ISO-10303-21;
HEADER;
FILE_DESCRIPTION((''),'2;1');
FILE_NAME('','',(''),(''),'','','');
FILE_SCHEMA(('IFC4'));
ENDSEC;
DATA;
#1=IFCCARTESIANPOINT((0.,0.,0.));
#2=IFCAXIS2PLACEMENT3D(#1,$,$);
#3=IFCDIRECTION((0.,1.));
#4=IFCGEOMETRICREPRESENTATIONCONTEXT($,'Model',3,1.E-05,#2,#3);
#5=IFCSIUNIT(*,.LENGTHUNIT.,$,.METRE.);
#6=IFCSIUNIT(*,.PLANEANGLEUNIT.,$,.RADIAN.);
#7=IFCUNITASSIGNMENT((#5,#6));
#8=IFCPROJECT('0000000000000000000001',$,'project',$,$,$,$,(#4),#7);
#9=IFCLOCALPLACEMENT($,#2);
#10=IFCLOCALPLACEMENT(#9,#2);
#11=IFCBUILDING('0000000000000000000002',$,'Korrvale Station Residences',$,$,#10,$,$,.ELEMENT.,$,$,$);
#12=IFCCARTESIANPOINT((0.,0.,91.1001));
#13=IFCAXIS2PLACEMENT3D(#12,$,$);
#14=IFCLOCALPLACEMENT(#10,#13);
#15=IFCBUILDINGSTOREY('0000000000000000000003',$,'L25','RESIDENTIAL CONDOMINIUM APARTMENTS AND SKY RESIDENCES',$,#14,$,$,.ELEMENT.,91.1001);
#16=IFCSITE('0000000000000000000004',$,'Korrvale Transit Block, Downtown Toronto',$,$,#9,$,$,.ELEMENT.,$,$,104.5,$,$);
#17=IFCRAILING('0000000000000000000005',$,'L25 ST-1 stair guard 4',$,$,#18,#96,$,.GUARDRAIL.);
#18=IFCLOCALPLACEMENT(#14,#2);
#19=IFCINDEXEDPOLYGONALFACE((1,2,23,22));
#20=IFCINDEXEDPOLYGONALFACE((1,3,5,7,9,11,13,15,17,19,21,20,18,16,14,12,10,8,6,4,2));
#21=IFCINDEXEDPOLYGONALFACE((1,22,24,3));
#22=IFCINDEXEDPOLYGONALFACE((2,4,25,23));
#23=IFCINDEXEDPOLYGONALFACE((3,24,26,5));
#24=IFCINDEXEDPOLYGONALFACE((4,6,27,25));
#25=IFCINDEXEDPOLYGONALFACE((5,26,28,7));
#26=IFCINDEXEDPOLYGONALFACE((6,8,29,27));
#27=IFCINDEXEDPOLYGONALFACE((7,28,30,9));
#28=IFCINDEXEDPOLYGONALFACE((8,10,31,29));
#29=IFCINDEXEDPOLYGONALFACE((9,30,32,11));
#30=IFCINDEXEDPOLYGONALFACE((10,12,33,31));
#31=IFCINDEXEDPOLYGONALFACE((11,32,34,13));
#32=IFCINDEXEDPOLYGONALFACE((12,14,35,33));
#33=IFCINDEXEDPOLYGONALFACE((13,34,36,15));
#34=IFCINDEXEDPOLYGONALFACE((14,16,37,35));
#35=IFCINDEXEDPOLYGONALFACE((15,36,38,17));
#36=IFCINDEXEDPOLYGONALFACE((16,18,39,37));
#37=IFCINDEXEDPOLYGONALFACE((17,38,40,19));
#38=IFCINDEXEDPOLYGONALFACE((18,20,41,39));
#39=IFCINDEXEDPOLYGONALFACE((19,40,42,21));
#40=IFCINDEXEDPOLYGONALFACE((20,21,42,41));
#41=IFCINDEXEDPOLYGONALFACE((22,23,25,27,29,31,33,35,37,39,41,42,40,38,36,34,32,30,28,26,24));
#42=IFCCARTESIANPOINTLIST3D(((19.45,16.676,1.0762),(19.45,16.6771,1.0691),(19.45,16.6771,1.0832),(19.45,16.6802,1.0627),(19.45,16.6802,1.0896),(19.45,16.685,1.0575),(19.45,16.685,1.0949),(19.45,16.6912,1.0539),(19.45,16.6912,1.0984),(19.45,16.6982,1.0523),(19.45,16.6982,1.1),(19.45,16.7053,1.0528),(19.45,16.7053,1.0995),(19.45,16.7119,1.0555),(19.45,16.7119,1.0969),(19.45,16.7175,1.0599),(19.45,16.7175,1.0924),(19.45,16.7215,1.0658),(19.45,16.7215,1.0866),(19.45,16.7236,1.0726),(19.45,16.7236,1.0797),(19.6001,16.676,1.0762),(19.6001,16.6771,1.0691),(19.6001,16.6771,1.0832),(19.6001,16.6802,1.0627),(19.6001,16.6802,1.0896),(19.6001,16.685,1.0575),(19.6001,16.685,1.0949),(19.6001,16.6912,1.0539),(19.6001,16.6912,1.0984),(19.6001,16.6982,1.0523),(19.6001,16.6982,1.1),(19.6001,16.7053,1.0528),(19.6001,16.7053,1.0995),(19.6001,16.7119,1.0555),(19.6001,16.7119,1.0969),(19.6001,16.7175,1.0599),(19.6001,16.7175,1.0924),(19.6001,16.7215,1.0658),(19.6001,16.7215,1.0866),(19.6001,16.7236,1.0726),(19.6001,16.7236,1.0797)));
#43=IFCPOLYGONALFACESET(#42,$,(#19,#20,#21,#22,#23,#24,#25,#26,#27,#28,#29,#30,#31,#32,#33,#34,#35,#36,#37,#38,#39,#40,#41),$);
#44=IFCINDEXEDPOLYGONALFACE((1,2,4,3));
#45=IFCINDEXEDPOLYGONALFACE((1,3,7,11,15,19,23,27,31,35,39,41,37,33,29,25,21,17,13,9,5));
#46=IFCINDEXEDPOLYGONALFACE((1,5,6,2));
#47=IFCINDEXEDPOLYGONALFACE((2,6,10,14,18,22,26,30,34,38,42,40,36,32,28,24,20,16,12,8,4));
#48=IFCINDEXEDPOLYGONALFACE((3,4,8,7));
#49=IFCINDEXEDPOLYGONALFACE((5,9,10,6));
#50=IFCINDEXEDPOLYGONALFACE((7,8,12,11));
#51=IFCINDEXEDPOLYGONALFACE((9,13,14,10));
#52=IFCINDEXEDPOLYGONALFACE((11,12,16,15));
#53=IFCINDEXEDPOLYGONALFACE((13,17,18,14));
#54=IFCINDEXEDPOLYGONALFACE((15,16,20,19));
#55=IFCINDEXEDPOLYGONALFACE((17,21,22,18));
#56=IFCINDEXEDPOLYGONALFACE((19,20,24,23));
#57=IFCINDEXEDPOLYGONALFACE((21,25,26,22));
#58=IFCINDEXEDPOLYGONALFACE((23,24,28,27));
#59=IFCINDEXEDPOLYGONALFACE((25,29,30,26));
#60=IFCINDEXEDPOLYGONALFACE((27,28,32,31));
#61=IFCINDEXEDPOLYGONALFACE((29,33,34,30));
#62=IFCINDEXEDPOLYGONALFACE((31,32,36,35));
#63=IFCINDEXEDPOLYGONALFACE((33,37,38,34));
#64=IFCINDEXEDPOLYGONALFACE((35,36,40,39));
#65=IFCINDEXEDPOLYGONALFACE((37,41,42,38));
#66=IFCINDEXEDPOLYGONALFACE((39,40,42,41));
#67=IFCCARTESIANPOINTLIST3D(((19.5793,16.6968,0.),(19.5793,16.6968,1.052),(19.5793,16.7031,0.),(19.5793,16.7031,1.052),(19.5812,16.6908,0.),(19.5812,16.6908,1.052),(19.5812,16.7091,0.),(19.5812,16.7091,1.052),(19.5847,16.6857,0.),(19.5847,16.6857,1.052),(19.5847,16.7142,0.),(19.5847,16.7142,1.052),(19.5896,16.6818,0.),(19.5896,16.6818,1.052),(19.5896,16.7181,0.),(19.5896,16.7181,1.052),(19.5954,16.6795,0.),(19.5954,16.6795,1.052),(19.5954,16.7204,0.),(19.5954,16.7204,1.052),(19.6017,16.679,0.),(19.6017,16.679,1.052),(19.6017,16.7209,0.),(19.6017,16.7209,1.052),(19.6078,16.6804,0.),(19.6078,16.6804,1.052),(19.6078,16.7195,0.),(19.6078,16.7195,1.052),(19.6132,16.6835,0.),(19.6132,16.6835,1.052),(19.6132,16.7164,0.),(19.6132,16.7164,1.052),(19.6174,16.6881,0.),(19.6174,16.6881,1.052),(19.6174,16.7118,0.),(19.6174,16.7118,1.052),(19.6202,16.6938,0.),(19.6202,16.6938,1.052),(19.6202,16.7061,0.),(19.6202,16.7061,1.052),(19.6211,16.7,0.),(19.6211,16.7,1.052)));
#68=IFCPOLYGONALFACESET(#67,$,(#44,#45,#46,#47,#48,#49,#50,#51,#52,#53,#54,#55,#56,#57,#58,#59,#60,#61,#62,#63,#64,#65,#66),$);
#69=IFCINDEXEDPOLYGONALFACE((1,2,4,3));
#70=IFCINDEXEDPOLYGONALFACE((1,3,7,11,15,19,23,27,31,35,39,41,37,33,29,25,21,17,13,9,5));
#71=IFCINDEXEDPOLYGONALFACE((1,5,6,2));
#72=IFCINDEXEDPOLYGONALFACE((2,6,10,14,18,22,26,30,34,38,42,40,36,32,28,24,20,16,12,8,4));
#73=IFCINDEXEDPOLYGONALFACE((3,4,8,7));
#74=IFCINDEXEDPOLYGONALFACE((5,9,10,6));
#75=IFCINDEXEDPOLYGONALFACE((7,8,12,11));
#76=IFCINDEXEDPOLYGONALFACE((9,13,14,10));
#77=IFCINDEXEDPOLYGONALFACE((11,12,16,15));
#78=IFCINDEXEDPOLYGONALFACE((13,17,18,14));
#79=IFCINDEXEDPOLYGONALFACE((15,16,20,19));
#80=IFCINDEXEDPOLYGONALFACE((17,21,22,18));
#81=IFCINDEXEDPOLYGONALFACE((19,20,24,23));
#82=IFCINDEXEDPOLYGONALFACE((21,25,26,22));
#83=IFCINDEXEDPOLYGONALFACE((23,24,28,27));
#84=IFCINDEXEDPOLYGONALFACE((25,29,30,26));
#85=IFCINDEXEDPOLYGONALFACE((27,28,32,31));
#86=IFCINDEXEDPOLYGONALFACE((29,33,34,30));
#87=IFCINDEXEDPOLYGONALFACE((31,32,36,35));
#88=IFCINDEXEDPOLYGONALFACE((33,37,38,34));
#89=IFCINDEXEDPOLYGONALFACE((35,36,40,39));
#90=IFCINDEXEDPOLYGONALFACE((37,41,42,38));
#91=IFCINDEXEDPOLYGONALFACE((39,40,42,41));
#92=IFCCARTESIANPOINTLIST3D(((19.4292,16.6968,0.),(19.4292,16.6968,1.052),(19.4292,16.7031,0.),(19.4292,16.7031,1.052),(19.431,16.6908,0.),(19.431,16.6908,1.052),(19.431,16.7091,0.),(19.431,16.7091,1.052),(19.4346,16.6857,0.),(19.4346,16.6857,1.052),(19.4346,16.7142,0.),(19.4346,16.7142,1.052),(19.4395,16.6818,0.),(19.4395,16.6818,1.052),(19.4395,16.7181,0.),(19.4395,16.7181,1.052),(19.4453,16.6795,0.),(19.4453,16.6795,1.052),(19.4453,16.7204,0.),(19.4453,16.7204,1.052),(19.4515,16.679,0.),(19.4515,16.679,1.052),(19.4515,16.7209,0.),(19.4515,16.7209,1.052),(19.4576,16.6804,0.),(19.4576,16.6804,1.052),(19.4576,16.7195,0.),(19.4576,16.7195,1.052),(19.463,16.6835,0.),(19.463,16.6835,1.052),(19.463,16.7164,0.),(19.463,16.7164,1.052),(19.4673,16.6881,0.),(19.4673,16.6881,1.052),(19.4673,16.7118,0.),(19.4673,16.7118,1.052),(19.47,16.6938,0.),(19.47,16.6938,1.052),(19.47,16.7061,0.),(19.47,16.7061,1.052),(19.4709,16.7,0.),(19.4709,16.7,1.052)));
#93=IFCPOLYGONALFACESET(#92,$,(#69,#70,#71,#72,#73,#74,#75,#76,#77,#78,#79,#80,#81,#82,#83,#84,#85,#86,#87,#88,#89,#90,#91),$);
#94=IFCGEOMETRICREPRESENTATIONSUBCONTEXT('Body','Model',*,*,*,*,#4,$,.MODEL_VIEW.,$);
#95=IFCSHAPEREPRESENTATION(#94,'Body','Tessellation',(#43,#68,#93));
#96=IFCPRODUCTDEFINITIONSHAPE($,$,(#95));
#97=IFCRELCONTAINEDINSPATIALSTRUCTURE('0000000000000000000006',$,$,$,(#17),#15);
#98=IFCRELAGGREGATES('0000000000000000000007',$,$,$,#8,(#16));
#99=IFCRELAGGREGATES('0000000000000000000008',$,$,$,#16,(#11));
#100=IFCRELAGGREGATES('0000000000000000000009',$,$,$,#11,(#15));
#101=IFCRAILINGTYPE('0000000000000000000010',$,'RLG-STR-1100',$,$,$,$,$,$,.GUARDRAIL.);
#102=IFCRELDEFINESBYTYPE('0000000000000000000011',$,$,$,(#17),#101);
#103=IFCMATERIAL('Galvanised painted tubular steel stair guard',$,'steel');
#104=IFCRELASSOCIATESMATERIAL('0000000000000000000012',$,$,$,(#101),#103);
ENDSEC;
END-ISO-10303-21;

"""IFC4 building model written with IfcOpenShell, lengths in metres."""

from ifc_helpers import new_model, si_unit, direction, frame, origin, origin_2d, place, context, subcontext, project, spatial, circle, extrude, material, type_object, element, save


model = new_model("IFC4")

# Units and contexts
model_context = context("Model", 3, precision=1e-05, world=origin(), true_north=direction((0.0, 1.0)))
body_context = subcontext(model_context, "Body", "Model", "MODEL_VIEW")
ifc_project = project(units=[si_unit("LENGTHUNIT", "METRE"), si_unit("PLANEANGLEUNIT", "RADIAN")], contexts=[model_context])

# Site, building, storey
site_placement = place(None, origin())
site = spatial("IfcSite", under=ifc_project, at=site_placement, Name="Korrvale Transit Block, Downtown Toronto", CompositionType="ELEMENT", RefElevation=104.5)
building_placement = place(site_placement, origin())
building = spatial("IfcBuilding", under=site, at=building_placement, Name="Korrvale Station Residences", CompositionType="ELEMENT")
storey_placement = place(building_placement, frame((0.0, 0.0, 91.1001)))
storey = spatial("IfcBuildingStorey", under=building, at=storey_placement, Name="L25", Description="RESIDENTIAL CONDOMINIUM APARTMENTS AND SKY RESIDENCES", CompositionType="ELEMENT", Elevation=91.1001)

# Railing
ifc_material_1 = material(Name="Galvanised painted tubular steel stair guard", Category="steel")
railing_type_1 = type_object("IfcRailingType", Name="RLG-STR-1100", PredefinedType="GUARDRAIL", material=ifc_material_1)
railing_1_placement = place(storey_placement, frame((19.6001, 16.7, 0.0)))
element("IfcRailing", 1, at=railing_1_placement, inside=storey, type_object=railing_type_1, Name="L25 ST-1 stair guard 4", PredefinedType="GUARDRAIL", context=body_context, shape_type="SweptSolid", body=[
    extrude(circle(Radius=0.0239, at=origin_2d()), frame((0.0, 0.0, 1.0762), z_axis=(-1.0, 0.0, 0.0), x_axis=(0.0, -1.0, 0.0)), (0.0, 0.0, 1.0), 0.1501),
    extrude(circle(Radius=0.021, at=origin_2d()), origin(), (0.0, 0.0, 1.0), 1.052),
    extrude(circle(Radius=0.021, at=origin_2d()), frame((-0.1501, 0.0, 0.0)), (0.0, 0.0, 1.0), 1.052),
])

save(model, "model.ifc")
